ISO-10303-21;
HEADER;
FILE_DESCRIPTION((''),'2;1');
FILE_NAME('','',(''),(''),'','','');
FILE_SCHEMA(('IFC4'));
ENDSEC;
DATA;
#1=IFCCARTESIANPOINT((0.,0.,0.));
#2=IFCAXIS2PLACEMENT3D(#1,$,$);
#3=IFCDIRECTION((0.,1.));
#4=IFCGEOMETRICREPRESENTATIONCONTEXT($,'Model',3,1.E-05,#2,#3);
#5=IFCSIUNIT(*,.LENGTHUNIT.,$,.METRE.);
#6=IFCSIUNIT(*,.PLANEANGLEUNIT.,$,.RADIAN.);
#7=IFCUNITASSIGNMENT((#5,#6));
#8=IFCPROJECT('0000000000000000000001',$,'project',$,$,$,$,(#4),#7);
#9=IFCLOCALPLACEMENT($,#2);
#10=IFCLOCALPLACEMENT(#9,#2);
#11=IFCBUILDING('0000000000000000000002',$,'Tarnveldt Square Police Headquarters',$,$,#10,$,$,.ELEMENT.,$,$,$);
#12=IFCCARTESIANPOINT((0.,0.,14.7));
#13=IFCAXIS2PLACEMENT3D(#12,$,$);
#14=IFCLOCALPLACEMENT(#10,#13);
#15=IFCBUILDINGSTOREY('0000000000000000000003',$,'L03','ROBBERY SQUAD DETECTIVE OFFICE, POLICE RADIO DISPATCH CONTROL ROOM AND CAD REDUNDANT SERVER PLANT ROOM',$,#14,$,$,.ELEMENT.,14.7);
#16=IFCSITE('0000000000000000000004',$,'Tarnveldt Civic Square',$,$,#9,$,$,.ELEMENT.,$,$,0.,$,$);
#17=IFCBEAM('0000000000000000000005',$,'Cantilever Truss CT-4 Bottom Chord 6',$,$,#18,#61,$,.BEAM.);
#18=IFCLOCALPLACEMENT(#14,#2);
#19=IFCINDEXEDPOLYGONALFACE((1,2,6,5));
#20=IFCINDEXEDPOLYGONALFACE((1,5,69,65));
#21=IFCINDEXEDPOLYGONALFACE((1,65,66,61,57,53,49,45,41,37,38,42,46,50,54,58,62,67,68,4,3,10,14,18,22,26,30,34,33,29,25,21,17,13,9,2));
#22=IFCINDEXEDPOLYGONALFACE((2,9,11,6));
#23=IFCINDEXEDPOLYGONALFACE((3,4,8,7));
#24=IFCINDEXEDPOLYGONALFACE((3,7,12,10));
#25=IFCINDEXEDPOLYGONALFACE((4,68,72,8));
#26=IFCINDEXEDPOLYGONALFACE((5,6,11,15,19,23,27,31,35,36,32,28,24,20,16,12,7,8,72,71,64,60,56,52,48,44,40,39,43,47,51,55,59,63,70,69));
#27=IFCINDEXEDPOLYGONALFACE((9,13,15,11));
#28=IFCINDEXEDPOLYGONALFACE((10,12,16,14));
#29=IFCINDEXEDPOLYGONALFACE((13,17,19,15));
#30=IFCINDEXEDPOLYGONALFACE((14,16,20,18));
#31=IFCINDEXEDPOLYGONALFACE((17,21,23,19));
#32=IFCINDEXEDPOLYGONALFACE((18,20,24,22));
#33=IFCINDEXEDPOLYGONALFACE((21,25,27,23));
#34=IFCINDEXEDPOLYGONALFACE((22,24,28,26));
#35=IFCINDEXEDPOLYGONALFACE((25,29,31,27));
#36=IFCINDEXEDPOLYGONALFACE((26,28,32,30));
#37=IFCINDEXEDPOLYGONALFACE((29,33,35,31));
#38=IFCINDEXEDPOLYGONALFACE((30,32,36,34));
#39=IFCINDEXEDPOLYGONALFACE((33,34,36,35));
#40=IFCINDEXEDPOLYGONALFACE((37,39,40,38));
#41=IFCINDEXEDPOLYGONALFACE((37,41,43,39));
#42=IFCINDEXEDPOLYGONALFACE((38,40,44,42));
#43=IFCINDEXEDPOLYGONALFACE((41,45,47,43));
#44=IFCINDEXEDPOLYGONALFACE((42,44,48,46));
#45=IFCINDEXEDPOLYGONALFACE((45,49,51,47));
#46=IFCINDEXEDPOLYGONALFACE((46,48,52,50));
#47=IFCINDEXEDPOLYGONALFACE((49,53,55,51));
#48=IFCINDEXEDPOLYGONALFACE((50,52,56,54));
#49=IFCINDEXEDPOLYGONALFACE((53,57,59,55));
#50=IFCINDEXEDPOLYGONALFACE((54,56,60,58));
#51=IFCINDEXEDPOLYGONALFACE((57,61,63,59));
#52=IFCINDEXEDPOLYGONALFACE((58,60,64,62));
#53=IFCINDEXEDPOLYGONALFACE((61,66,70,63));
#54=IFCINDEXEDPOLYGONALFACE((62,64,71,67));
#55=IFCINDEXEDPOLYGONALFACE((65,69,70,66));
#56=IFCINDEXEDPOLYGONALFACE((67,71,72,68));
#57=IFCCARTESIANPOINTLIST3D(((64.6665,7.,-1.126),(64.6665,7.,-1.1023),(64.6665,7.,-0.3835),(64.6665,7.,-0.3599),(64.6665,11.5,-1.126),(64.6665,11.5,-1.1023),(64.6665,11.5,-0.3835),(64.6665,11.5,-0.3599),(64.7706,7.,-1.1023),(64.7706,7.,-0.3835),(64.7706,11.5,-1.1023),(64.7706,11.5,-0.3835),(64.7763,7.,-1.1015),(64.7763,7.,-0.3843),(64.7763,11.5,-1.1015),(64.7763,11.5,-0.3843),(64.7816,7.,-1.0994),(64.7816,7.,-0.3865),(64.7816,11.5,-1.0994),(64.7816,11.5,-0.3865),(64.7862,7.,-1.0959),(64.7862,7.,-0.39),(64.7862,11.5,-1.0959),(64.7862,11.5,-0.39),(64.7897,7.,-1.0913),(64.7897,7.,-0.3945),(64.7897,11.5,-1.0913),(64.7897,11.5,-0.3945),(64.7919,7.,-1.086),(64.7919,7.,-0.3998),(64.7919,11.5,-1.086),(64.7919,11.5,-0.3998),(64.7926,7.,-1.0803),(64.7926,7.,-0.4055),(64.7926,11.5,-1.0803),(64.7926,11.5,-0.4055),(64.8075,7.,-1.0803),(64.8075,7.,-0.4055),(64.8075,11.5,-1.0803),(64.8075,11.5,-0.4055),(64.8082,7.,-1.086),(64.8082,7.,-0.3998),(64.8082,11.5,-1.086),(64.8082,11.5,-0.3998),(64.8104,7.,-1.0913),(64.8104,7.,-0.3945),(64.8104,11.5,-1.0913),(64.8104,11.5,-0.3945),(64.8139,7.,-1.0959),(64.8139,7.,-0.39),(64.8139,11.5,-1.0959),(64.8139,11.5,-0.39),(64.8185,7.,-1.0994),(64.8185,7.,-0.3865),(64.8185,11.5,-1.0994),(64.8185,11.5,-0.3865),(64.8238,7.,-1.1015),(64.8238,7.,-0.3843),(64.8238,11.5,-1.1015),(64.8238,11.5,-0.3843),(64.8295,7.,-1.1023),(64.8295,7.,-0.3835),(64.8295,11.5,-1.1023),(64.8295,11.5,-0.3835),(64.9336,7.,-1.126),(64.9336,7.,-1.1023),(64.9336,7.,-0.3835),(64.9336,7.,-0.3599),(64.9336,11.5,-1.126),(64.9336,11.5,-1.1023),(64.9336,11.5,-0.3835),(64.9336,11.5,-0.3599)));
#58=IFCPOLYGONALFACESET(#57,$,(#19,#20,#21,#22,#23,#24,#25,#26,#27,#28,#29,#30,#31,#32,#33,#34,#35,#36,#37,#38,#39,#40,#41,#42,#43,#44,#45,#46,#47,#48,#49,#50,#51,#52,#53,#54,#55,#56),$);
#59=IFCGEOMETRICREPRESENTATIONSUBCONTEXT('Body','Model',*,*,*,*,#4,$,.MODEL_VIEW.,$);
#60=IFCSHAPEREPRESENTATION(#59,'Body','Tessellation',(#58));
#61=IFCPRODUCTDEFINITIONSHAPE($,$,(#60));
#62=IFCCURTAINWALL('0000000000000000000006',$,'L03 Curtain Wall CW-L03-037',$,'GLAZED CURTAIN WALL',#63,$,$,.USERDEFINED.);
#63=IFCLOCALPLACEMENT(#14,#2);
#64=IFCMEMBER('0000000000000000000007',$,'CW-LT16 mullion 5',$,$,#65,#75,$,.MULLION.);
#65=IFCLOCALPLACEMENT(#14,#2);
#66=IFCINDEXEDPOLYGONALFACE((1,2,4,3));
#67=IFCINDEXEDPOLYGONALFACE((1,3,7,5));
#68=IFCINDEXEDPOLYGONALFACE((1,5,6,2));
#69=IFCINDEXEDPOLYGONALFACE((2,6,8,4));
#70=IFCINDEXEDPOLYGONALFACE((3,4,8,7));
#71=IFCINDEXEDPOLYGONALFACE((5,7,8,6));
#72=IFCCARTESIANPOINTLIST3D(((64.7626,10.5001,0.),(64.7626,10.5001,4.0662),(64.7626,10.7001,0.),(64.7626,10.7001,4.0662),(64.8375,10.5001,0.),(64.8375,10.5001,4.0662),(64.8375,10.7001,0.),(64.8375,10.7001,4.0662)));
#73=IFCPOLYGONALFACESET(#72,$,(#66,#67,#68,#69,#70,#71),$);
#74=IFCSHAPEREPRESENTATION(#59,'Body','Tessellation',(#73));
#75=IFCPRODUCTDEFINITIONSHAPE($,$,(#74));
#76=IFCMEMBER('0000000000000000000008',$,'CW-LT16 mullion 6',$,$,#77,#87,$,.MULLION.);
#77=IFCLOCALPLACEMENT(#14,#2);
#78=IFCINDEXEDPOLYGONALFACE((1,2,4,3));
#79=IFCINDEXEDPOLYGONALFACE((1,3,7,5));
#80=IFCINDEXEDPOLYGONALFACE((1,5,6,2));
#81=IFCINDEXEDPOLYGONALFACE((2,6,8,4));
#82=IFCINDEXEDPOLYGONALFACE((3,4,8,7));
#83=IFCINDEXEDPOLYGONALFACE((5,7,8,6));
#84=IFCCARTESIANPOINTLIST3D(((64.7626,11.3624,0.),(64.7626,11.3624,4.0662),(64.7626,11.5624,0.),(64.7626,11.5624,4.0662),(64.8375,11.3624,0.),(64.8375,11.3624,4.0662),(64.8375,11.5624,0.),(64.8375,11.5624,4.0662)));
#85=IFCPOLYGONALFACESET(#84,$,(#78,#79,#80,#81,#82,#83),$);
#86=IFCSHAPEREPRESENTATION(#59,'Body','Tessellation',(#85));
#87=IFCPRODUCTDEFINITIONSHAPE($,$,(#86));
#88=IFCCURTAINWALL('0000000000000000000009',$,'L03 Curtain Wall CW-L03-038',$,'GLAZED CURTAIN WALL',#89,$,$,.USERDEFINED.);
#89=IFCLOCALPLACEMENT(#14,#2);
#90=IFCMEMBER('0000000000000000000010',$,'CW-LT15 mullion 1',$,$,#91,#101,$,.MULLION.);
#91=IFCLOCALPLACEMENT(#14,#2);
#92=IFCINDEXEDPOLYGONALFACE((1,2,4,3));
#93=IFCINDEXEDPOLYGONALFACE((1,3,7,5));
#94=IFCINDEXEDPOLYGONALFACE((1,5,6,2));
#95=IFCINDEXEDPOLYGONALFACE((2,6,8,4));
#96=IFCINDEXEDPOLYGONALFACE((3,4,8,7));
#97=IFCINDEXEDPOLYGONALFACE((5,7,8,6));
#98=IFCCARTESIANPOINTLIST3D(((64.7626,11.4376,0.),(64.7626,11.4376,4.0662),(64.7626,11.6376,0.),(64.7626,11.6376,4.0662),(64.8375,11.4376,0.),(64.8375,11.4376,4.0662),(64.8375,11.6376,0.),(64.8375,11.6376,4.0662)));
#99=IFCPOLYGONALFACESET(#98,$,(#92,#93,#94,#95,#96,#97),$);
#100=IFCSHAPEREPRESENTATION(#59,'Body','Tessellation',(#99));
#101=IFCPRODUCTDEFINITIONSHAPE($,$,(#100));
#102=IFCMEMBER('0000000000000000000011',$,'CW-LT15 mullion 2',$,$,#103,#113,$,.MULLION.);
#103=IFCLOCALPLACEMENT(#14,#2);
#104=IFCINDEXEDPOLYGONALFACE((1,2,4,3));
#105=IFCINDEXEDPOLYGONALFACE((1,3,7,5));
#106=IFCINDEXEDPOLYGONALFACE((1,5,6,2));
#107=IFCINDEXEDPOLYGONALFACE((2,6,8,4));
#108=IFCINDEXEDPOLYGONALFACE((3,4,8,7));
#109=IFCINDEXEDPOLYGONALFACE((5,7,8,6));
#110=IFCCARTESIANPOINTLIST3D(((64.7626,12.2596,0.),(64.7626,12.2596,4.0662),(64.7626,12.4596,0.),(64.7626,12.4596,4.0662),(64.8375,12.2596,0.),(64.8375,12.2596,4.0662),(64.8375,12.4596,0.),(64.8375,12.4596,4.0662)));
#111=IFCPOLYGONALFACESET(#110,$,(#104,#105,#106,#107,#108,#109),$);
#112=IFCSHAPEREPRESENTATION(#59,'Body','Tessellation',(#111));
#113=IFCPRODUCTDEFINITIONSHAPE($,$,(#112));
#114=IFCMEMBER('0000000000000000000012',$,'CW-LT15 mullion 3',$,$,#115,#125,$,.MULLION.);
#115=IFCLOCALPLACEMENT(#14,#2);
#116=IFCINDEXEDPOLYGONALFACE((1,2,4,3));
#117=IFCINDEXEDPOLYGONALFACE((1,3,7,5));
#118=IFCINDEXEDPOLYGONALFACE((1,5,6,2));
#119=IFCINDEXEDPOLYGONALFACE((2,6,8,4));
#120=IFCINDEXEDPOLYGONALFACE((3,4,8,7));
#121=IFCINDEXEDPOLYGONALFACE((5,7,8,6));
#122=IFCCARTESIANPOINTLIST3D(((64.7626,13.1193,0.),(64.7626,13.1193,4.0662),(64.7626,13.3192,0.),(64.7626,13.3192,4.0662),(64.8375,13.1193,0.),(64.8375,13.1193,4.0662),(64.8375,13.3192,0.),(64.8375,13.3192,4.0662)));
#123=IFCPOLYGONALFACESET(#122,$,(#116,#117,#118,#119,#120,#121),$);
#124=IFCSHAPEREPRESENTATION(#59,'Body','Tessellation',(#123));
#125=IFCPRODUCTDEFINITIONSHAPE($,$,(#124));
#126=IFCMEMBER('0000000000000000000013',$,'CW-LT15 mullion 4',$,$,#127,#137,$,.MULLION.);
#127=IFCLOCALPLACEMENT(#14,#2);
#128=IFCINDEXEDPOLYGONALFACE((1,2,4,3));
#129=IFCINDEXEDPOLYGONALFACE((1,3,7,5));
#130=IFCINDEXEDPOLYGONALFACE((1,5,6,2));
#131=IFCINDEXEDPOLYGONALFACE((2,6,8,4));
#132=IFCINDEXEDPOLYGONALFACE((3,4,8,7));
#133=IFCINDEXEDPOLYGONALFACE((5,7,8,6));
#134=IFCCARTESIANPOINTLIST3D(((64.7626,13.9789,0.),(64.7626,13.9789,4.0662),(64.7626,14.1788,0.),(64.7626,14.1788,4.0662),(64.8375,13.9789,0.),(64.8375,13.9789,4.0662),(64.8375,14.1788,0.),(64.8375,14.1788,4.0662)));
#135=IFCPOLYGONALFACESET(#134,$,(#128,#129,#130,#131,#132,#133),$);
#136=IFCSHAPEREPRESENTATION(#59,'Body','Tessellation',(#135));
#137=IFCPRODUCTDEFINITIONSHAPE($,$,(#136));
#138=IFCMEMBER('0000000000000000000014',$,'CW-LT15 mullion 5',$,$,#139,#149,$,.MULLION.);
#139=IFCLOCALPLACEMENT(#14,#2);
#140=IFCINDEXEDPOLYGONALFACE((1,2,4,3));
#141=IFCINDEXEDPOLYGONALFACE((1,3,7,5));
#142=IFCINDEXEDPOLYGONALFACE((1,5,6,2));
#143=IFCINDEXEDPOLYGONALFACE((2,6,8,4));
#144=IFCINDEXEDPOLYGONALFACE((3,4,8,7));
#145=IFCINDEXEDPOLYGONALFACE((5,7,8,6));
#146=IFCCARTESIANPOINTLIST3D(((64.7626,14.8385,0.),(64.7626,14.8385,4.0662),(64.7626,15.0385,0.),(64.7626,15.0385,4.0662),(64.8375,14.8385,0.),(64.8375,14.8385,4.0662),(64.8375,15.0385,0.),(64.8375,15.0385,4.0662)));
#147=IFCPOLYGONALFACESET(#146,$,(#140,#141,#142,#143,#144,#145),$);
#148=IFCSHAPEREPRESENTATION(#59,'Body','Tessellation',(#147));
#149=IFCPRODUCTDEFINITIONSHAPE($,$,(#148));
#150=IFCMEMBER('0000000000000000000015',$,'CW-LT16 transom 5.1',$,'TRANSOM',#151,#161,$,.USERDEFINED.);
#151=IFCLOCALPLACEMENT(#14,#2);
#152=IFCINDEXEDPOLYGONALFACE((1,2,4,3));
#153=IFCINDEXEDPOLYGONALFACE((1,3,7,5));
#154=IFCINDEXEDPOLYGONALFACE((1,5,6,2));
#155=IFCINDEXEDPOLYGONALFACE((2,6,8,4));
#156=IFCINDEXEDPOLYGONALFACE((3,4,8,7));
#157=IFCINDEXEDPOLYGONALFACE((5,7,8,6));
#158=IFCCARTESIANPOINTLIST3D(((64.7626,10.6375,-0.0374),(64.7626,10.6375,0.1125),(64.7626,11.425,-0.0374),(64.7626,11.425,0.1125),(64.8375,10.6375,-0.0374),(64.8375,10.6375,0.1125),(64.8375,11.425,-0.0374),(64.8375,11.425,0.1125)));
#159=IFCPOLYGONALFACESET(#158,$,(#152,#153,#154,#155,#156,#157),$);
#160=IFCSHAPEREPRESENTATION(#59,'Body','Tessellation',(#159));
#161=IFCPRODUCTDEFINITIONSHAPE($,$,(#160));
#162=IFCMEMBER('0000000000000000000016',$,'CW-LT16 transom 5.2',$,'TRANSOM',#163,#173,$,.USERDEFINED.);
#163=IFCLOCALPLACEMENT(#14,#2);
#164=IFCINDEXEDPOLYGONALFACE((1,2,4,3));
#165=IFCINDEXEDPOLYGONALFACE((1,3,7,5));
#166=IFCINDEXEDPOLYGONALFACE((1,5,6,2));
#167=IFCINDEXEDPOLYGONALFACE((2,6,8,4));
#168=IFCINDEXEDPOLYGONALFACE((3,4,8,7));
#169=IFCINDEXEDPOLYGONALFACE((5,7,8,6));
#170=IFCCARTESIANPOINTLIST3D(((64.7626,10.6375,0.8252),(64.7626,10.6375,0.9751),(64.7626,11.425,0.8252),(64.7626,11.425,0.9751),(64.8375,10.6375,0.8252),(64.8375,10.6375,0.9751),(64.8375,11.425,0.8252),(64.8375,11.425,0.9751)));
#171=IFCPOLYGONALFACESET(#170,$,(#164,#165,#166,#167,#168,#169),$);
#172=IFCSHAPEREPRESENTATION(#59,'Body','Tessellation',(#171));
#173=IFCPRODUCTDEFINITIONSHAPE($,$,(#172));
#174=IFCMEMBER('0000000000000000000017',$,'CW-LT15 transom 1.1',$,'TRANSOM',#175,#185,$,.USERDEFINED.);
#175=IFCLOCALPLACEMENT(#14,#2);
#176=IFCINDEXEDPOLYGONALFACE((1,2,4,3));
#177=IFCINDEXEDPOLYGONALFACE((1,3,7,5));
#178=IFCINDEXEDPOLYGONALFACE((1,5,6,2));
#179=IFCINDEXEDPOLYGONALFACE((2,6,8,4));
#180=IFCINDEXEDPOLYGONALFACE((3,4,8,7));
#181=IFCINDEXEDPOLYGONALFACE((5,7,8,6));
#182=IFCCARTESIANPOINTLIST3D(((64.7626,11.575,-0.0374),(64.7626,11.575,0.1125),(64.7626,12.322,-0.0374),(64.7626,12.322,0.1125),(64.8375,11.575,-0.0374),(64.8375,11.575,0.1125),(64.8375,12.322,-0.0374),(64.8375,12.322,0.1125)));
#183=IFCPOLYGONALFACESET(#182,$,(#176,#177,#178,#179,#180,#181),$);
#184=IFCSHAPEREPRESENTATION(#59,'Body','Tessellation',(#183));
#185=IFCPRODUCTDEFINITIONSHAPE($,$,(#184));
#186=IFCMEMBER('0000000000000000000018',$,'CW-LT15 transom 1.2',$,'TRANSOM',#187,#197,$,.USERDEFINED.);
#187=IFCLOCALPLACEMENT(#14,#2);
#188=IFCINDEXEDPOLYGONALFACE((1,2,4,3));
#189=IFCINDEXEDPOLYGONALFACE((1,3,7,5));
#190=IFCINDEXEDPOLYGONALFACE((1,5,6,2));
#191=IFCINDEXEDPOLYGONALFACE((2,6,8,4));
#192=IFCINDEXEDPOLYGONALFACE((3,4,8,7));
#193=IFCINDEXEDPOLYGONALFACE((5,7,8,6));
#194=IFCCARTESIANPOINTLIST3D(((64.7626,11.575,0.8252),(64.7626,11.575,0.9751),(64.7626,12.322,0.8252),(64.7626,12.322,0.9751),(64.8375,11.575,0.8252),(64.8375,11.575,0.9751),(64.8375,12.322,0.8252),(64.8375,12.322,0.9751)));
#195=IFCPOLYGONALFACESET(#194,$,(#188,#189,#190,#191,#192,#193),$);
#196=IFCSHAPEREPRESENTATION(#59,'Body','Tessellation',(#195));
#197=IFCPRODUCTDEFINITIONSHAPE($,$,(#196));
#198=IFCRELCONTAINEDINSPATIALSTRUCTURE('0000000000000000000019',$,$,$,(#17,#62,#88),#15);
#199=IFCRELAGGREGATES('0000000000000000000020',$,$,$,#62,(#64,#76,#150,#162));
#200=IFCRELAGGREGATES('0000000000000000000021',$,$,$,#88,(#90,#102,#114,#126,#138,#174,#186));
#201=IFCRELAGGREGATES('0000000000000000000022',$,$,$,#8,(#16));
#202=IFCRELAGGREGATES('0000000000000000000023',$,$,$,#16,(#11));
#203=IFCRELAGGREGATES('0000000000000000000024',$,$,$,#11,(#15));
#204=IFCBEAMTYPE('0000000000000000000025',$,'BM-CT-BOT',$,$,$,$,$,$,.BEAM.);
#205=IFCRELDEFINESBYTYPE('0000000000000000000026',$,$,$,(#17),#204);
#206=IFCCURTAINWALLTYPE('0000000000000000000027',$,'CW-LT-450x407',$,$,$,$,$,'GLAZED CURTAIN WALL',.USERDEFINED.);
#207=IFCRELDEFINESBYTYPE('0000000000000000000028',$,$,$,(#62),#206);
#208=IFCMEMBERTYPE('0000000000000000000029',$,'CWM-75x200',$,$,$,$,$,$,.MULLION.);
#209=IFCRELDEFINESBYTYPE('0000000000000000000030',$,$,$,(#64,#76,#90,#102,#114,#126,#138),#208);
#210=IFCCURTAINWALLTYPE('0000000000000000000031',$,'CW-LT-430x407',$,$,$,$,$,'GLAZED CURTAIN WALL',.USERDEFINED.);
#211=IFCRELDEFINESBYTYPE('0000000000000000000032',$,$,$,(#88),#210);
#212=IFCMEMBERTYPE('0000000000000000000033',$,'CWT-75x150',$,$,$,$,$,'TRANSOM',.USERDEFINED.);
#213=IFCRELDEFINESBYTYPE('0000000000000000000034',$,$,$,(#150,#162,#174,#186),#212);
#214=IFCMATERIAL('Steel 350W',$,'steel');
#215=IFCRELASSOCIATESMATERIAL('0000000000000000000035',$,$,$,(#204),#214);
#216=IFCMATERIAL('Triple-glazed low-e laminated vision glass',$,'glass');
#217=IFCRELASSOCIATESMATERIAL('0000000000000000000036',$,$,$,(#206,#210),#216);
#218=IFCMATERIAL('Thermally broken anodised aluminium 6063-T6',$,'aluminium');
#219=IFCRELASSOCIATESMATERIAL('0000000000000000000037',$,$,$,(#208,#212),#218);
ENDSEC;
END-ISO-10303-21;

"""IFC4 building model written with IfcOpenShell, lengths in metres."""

from ifc_helpers import new_model, si_unit, direction, frame, origin, origin_2d, place, context, subcontext, project, spatial, rectangle, i_section, extrude, material, material_profile, profile_set, type_object, element, aggregate, save


model = new_model("IFC4")

# Units and contexts
model_context = context("Model", 3, precision=1e-05, world=origin(), true_north=direction((0.0, 1.0)))
body_context = subcontext(model_context, "Body", "Model", "MODEL_VIEW")
ifc_project = project(units=[si_unit("LENGTHUNIT", "METRE"), si_unit("PLANEANGLEUNIT", "RADIAN")], contexts=[model_context])

# Site, building, storey
site_placement = place(None, origin())
site = spatial("IfcSite", under=ifc_project, at=site_placement, Name="Tarnveldt Civic Square", CompositionType="ELEMENT", RefElevation=0.0)
building_placement = place(site_placement, origin())
building = spatial("IfcBuilding", under=site, at=building_placement, Name="Tarnveldt Square Police Headquarters", CompositionType="ELEMENT")
storey_placement = place(building_placement, frame((0.0, 0.0, 14.7)))
storey = spatial("IfcBuildingStorey", under=building, at=storey_placement, Name="L03", Description="ROBBERY SQUAD DETECTIVE OFFICE, POLICE RADIO DISPATCH CONTROL ROOM AND CAD REDUNDANT SERVER PLANT ROOM", CompositionType="ELEMENT", Elevation=14.7)

# Beam
ifc_material_1 = material(Name="Steel 350W", Category="steel")
ifc_material_profile_1 = material_profile(ifc_material_1, i_section(OverallWidth=0.2671, OverallDepth=0.7661, WebThickness=0.0149, FlangeThickness=0.0237, FilletRadius=0.022, at=origin_2d()), Name="W760x185")
ifc_profile_set_1 = profile_set([ifc_material_profile_1], Name="Steel 350W")
beam_type = type_object("IfcBeamType", Name="BM-CT-BOT", PredefinedType="BEAM", material=ifc_profile_set_1)
beam_placement = place(storey_placement, frame((64.8, 11.5, -0.7429), z_axis=(0.0, -1.0, 0.0), x_axis=(1.0, 0.0, 0.0)))
element("IfcBeam", 1, at=beam_placement, inside=storey, type_object=beam_type, Name="Cantilever Truss CT-4 Bottom Chord 6", PredefinedType="BEAM", context=body_context, shape_type="SweptSolid", body=[
    extrude(i_section(OverallWidth=0.2671, OverallDepth=0.7661, WebThickness=0.0149, FlangeThickness=0.0237, FilletRadius=0.022, at=origin_2d()), origin(), (0.0, 0.0, 1.0), 4.5),
])

# Curtain walls, members
ifc_material_2 = material(Name="Triple-glazed low-e laminated vision glass", Category="glass")
curtain_wall_type_1 = type_object("IfcCurtainWallType", Name="CW-LT-450x407", ElementType="GLAZED CURTAIN WALL", PredefinedType="USERDEFINED", material=ifc_material_2)
curtain_wall_1_placement = place(storey_placement, origin())
curtain_wall_1 = element("IfcCurtainWall", 2, at=curtain_wall_1_placement, inside=storey, type_object=curtain_wall_type_1, Name="L03 Curtain Wall CW-L03-037", ObjectType="GLAZED CURTAIN WALL", PredefinedType="USERDEFINED")
ifc_material_3 = material(Name="Thermally broken anodised aluminium 6063-T6", Category="aluminium")
ifc_material_profile_2 = material_profile(ifc_material_3, rectangle(XDim=0.075, YDim=0.2, at=origin_2d()), Name="CW-M75x200")
ifc_profile_set_2 = profile_set([ifc_material_profile_2], Name="Thermally broken anodised aluminium 6063-T6")
member_type_1 = type_object("IfcMemberType", Name="CWM-75x200", PredefinedType="MULLION", material=ifc_profile_set_2)
member_1_placement = place(storey_placement, frame((64.8, 10.6001, 0.0), z_axis=(0.0, 0.0, 1.0), x_axis=(-1.0, 0.0, 0.0)))
member_1 = element("IfcMember", 3, at=member_1_placement, type_object=member_type_1, Name="CW-LT16 mullion 5", PredefinedType="MULLION", context=body_context, shape_type="SweptSolid", body=[
    extrude(rectangle(XDim=0.075, YDim=0.2, at=origin_2d()), origin(), (0.0, 0.0, 1.0), 4.0662),
])
member_2_placement = place(storey_placement, frame((64.8, 11.4624, 0.0), z_axis=(0.0, 0.0, 1.0), x_axis=(-1.0, 0.0, 0.0)))
member_2 = element("IfcMember", 4, at=member_2_placement, type_object=member_type_1, Name="CW-LT16 mullion 6", PredefinedType="MULLION", context=body_context, shape_type="SweptSolid", body=[
    extrude(rectangle(XDim=0.075, YDim=0.2, at=origin_2d()), origin(), (0.0, 0.0, 1.0), 4.0662),
])
curtain_wall_type_2 = type_object("IfcCurtainWallType", Name="CW-LT-430x407", ElementType="GLAZED CURTAIN WALL", PredefinedType="USERDEFINED", material=ifc_material_2)
curtain_wall_2_placement = place(storey_placement, origin())
curtain_wall_2 = element("IfcCurtainWall", 5, at=curtain_wall_2_placement, inside=storey, type_object=curtain_wall_type_2, Name="L03 Curtain Wall CW-L03-038", ObjectType="GLAZED CURTAIN WALL", PredefinedType="USERDEFINED")
member_3_placement = place(storey_placement, frame((64.8, 11.5376, 0.0), z_axis=(0.0, 0.0, 1.0), x_axis=(-1.0, 0.0, 0.0)))
member_3 = element("IfcMember", 6, at=member_3_placement, type_object=member_type_1, Name="CW-LT15 mullion 1", PredefinedType="MULLION", context=body_context, shape_type="SweptSolid", body=[
    extrude(rectangle(XDim=0.075, YDim=0.2, at=origin_2d()), origin(), (0.0, 0.0, 1.0), 4.0662),
])
member_4_placement = place(storey_placement, frame((64.8, 12.3596, 0.0), z_axis=(0.0, 0.0, 1.0), x_axis=(-1.0, 0.0, 0.0)))
member_4 = element("IfcMember", 7, at=member_4_placement, type_object=member_type_1, Name="CW-LT15 mullion 2", PredefinedType="MULLION", context=body_context, shape_type="SweptSolid", body=[
    extrude(rectangle(XDim=0.075, YDim=0.2, at=origin_2d()), origin(), (0.0, 0.0, 1.0), 4.0662),
])
member_5_placement = place(storey_placement, frame((64.8, 13.2192, 0.0), z_axis=(0.0, 0.0, 1.0), x_axis=(-1.0, 0.0, 0.0)))
member_5 = element("IfcMember", 8, at=member_5_placement, type_object=member_type_1, Name="CW-LT15 mullion 3", PredefinedType="MULLION", context=body_context, shape_type="SweptSolid", body=[
    extrude(rectangle(XDim=0.075, YDim=0.2, at=origin_2d()), origin(), (0.0, 0.0, 1.0), 4.0662),
])
member_6_placement = place(storey_placement, frame((64.8, 14.0789, 0.0), z_axis=(0.0, 0.0, 1.0), x_axis=(-1.0, 0.0, 0.0)))
member_6 = element("IfcMember", 9, at=member_6_placement, type_object=member_type_1, Name="CW-LT15 mullion 4", PredefinedType="MULLION", context=body_context, shape_type="SweptSolid", body=[
    extrude(rectangle(XDim=0.075, YDim=0.2, at=origin_2d()), origin(), (0.0, 0.0, 1.0), 4.0662),
])
member_7_placement = place(storey_placement, frame((64.8, 14.9385, 0.0), z_axis=(0.0, 0.0, 1.0), x_axis=(-1.0, 0.0, 0.0)))
member_7 = element("IfcMember", 10, at=member_7_placement, type_object=member_type_1, Name="CW-LT15 mullion 5", PredefinedType="MULLION", context=body_context, shape_type="SweptSolid", body=[
    extrude(rectangle(XDim=0.075, YDim=0.2, at=origin_2d()), origin(), (0.0, 0.0, 1.0), 4.0662),
])

# Members
ifc_material_profile_3 = material_profile(ifc_material_3, rectangle(XDim=0.075, YDim=0.1499, at=origin_2d()), Name="CW-T75x150")
ifc_profile_set_3 = profile_set([ifc_material_profile_3], Name="Thermally broken anodised aluminium 6063-T6")
member_type_2 = type_object("IfcMemberType", Name="CWT-75x150", ElementType="TRANSOM", PredefinedType="USERDEFINED", material=ifc_profile_set_3)
member_8_placement = place(storey_placement, frame((64.8, 10.6375, 0.0376), z_axis=(0.0, 1.0, 0.0), x_axis=(-1.0, 0.0, 0.0)))
member_8 = element("IfcMember", 11, at=member_8_placement, type_object=member_type_2, Name="CW-LT16 transom 5.1", ObjectType="TRANSOM", PredefinedType="USERDEFINED", context=body_context, shape_type="SweptSolid", body=[
    extrude(rectangle(XDim=0.075, YDim=0.1499, at=origin_2d()), origin(), (0.0, 0.0, 1.0), 0.7876),
])
member_9_placement = place(storey_placement, frame((64.8, 10.6375, 0.9001), z_axis=(0.0, 1.0, 0.0), x_axis=(-1.0, 0.0, 0.0)))
member_9 = element("IfcMember", 12, at=member_9_placement, type_object=member_type_2, Name="CW-LT16 transom 5.2", ObjectType="TRANSOM", PredefinedType="USERDEFINED", context=body_context, shape_type="SweptSolid", body=[
    extrude(rectangle(XDim=0.075, YDim=0.1499, at=origin_2d()), origin(), (0.0, 0.0, 1.0), 0.7876),
])
member_10_placement = place(storey_placement, frame((64.8, 11.575, 0.0376), z_axis=(0.0, 1.0, 0.0), x_axis=(-1.0, 0.0, 0.0)))
member_10 = element("IfcMember", 13, at=member_10_placement, type_object=member_type_2, Name="CW-LT15 transom 1.1", ObjectType="TRANSOM", PredefinedType="USERDEFINED", context=body_context, shape_type="SweptSolid", body=[
    extrude(rectangle(XDim=0.075, YDim=0.1499, at=origin_2d()), origin(), (0.0, 0.0, 1.0), 0.7471),
])
member_11_placement = place(storey_placement, frame((64.8, 11.575, 0.9001), z_axis=(0.0, 1.0, 0.0), x_axis=(-1.0, 0.0, 0.0)))
member_11 = element("IfcMember", 14, at=member_11_placement, type_object=member_type_2, Name="CW-LT15 transom 1.2", ObjectType="TRANSOM", PredefinedType="USERDEFINED", context=body_context, shape_type="SweptSolid", body=[
    extrude(rectangle(XDim=0.075, YDim=0.1499, at=origin_2d()), origin(), (0.0, 0.0, 1.0), 0.7471),
])

aggregate(curtain_wall_1, [member_1, member_2, member_8, member_9])
aggregate(curtain_wall_2, [member_3, member_4, member_5, member_6, member_7, member_10, member_11])

save(model, "model.ifc")
